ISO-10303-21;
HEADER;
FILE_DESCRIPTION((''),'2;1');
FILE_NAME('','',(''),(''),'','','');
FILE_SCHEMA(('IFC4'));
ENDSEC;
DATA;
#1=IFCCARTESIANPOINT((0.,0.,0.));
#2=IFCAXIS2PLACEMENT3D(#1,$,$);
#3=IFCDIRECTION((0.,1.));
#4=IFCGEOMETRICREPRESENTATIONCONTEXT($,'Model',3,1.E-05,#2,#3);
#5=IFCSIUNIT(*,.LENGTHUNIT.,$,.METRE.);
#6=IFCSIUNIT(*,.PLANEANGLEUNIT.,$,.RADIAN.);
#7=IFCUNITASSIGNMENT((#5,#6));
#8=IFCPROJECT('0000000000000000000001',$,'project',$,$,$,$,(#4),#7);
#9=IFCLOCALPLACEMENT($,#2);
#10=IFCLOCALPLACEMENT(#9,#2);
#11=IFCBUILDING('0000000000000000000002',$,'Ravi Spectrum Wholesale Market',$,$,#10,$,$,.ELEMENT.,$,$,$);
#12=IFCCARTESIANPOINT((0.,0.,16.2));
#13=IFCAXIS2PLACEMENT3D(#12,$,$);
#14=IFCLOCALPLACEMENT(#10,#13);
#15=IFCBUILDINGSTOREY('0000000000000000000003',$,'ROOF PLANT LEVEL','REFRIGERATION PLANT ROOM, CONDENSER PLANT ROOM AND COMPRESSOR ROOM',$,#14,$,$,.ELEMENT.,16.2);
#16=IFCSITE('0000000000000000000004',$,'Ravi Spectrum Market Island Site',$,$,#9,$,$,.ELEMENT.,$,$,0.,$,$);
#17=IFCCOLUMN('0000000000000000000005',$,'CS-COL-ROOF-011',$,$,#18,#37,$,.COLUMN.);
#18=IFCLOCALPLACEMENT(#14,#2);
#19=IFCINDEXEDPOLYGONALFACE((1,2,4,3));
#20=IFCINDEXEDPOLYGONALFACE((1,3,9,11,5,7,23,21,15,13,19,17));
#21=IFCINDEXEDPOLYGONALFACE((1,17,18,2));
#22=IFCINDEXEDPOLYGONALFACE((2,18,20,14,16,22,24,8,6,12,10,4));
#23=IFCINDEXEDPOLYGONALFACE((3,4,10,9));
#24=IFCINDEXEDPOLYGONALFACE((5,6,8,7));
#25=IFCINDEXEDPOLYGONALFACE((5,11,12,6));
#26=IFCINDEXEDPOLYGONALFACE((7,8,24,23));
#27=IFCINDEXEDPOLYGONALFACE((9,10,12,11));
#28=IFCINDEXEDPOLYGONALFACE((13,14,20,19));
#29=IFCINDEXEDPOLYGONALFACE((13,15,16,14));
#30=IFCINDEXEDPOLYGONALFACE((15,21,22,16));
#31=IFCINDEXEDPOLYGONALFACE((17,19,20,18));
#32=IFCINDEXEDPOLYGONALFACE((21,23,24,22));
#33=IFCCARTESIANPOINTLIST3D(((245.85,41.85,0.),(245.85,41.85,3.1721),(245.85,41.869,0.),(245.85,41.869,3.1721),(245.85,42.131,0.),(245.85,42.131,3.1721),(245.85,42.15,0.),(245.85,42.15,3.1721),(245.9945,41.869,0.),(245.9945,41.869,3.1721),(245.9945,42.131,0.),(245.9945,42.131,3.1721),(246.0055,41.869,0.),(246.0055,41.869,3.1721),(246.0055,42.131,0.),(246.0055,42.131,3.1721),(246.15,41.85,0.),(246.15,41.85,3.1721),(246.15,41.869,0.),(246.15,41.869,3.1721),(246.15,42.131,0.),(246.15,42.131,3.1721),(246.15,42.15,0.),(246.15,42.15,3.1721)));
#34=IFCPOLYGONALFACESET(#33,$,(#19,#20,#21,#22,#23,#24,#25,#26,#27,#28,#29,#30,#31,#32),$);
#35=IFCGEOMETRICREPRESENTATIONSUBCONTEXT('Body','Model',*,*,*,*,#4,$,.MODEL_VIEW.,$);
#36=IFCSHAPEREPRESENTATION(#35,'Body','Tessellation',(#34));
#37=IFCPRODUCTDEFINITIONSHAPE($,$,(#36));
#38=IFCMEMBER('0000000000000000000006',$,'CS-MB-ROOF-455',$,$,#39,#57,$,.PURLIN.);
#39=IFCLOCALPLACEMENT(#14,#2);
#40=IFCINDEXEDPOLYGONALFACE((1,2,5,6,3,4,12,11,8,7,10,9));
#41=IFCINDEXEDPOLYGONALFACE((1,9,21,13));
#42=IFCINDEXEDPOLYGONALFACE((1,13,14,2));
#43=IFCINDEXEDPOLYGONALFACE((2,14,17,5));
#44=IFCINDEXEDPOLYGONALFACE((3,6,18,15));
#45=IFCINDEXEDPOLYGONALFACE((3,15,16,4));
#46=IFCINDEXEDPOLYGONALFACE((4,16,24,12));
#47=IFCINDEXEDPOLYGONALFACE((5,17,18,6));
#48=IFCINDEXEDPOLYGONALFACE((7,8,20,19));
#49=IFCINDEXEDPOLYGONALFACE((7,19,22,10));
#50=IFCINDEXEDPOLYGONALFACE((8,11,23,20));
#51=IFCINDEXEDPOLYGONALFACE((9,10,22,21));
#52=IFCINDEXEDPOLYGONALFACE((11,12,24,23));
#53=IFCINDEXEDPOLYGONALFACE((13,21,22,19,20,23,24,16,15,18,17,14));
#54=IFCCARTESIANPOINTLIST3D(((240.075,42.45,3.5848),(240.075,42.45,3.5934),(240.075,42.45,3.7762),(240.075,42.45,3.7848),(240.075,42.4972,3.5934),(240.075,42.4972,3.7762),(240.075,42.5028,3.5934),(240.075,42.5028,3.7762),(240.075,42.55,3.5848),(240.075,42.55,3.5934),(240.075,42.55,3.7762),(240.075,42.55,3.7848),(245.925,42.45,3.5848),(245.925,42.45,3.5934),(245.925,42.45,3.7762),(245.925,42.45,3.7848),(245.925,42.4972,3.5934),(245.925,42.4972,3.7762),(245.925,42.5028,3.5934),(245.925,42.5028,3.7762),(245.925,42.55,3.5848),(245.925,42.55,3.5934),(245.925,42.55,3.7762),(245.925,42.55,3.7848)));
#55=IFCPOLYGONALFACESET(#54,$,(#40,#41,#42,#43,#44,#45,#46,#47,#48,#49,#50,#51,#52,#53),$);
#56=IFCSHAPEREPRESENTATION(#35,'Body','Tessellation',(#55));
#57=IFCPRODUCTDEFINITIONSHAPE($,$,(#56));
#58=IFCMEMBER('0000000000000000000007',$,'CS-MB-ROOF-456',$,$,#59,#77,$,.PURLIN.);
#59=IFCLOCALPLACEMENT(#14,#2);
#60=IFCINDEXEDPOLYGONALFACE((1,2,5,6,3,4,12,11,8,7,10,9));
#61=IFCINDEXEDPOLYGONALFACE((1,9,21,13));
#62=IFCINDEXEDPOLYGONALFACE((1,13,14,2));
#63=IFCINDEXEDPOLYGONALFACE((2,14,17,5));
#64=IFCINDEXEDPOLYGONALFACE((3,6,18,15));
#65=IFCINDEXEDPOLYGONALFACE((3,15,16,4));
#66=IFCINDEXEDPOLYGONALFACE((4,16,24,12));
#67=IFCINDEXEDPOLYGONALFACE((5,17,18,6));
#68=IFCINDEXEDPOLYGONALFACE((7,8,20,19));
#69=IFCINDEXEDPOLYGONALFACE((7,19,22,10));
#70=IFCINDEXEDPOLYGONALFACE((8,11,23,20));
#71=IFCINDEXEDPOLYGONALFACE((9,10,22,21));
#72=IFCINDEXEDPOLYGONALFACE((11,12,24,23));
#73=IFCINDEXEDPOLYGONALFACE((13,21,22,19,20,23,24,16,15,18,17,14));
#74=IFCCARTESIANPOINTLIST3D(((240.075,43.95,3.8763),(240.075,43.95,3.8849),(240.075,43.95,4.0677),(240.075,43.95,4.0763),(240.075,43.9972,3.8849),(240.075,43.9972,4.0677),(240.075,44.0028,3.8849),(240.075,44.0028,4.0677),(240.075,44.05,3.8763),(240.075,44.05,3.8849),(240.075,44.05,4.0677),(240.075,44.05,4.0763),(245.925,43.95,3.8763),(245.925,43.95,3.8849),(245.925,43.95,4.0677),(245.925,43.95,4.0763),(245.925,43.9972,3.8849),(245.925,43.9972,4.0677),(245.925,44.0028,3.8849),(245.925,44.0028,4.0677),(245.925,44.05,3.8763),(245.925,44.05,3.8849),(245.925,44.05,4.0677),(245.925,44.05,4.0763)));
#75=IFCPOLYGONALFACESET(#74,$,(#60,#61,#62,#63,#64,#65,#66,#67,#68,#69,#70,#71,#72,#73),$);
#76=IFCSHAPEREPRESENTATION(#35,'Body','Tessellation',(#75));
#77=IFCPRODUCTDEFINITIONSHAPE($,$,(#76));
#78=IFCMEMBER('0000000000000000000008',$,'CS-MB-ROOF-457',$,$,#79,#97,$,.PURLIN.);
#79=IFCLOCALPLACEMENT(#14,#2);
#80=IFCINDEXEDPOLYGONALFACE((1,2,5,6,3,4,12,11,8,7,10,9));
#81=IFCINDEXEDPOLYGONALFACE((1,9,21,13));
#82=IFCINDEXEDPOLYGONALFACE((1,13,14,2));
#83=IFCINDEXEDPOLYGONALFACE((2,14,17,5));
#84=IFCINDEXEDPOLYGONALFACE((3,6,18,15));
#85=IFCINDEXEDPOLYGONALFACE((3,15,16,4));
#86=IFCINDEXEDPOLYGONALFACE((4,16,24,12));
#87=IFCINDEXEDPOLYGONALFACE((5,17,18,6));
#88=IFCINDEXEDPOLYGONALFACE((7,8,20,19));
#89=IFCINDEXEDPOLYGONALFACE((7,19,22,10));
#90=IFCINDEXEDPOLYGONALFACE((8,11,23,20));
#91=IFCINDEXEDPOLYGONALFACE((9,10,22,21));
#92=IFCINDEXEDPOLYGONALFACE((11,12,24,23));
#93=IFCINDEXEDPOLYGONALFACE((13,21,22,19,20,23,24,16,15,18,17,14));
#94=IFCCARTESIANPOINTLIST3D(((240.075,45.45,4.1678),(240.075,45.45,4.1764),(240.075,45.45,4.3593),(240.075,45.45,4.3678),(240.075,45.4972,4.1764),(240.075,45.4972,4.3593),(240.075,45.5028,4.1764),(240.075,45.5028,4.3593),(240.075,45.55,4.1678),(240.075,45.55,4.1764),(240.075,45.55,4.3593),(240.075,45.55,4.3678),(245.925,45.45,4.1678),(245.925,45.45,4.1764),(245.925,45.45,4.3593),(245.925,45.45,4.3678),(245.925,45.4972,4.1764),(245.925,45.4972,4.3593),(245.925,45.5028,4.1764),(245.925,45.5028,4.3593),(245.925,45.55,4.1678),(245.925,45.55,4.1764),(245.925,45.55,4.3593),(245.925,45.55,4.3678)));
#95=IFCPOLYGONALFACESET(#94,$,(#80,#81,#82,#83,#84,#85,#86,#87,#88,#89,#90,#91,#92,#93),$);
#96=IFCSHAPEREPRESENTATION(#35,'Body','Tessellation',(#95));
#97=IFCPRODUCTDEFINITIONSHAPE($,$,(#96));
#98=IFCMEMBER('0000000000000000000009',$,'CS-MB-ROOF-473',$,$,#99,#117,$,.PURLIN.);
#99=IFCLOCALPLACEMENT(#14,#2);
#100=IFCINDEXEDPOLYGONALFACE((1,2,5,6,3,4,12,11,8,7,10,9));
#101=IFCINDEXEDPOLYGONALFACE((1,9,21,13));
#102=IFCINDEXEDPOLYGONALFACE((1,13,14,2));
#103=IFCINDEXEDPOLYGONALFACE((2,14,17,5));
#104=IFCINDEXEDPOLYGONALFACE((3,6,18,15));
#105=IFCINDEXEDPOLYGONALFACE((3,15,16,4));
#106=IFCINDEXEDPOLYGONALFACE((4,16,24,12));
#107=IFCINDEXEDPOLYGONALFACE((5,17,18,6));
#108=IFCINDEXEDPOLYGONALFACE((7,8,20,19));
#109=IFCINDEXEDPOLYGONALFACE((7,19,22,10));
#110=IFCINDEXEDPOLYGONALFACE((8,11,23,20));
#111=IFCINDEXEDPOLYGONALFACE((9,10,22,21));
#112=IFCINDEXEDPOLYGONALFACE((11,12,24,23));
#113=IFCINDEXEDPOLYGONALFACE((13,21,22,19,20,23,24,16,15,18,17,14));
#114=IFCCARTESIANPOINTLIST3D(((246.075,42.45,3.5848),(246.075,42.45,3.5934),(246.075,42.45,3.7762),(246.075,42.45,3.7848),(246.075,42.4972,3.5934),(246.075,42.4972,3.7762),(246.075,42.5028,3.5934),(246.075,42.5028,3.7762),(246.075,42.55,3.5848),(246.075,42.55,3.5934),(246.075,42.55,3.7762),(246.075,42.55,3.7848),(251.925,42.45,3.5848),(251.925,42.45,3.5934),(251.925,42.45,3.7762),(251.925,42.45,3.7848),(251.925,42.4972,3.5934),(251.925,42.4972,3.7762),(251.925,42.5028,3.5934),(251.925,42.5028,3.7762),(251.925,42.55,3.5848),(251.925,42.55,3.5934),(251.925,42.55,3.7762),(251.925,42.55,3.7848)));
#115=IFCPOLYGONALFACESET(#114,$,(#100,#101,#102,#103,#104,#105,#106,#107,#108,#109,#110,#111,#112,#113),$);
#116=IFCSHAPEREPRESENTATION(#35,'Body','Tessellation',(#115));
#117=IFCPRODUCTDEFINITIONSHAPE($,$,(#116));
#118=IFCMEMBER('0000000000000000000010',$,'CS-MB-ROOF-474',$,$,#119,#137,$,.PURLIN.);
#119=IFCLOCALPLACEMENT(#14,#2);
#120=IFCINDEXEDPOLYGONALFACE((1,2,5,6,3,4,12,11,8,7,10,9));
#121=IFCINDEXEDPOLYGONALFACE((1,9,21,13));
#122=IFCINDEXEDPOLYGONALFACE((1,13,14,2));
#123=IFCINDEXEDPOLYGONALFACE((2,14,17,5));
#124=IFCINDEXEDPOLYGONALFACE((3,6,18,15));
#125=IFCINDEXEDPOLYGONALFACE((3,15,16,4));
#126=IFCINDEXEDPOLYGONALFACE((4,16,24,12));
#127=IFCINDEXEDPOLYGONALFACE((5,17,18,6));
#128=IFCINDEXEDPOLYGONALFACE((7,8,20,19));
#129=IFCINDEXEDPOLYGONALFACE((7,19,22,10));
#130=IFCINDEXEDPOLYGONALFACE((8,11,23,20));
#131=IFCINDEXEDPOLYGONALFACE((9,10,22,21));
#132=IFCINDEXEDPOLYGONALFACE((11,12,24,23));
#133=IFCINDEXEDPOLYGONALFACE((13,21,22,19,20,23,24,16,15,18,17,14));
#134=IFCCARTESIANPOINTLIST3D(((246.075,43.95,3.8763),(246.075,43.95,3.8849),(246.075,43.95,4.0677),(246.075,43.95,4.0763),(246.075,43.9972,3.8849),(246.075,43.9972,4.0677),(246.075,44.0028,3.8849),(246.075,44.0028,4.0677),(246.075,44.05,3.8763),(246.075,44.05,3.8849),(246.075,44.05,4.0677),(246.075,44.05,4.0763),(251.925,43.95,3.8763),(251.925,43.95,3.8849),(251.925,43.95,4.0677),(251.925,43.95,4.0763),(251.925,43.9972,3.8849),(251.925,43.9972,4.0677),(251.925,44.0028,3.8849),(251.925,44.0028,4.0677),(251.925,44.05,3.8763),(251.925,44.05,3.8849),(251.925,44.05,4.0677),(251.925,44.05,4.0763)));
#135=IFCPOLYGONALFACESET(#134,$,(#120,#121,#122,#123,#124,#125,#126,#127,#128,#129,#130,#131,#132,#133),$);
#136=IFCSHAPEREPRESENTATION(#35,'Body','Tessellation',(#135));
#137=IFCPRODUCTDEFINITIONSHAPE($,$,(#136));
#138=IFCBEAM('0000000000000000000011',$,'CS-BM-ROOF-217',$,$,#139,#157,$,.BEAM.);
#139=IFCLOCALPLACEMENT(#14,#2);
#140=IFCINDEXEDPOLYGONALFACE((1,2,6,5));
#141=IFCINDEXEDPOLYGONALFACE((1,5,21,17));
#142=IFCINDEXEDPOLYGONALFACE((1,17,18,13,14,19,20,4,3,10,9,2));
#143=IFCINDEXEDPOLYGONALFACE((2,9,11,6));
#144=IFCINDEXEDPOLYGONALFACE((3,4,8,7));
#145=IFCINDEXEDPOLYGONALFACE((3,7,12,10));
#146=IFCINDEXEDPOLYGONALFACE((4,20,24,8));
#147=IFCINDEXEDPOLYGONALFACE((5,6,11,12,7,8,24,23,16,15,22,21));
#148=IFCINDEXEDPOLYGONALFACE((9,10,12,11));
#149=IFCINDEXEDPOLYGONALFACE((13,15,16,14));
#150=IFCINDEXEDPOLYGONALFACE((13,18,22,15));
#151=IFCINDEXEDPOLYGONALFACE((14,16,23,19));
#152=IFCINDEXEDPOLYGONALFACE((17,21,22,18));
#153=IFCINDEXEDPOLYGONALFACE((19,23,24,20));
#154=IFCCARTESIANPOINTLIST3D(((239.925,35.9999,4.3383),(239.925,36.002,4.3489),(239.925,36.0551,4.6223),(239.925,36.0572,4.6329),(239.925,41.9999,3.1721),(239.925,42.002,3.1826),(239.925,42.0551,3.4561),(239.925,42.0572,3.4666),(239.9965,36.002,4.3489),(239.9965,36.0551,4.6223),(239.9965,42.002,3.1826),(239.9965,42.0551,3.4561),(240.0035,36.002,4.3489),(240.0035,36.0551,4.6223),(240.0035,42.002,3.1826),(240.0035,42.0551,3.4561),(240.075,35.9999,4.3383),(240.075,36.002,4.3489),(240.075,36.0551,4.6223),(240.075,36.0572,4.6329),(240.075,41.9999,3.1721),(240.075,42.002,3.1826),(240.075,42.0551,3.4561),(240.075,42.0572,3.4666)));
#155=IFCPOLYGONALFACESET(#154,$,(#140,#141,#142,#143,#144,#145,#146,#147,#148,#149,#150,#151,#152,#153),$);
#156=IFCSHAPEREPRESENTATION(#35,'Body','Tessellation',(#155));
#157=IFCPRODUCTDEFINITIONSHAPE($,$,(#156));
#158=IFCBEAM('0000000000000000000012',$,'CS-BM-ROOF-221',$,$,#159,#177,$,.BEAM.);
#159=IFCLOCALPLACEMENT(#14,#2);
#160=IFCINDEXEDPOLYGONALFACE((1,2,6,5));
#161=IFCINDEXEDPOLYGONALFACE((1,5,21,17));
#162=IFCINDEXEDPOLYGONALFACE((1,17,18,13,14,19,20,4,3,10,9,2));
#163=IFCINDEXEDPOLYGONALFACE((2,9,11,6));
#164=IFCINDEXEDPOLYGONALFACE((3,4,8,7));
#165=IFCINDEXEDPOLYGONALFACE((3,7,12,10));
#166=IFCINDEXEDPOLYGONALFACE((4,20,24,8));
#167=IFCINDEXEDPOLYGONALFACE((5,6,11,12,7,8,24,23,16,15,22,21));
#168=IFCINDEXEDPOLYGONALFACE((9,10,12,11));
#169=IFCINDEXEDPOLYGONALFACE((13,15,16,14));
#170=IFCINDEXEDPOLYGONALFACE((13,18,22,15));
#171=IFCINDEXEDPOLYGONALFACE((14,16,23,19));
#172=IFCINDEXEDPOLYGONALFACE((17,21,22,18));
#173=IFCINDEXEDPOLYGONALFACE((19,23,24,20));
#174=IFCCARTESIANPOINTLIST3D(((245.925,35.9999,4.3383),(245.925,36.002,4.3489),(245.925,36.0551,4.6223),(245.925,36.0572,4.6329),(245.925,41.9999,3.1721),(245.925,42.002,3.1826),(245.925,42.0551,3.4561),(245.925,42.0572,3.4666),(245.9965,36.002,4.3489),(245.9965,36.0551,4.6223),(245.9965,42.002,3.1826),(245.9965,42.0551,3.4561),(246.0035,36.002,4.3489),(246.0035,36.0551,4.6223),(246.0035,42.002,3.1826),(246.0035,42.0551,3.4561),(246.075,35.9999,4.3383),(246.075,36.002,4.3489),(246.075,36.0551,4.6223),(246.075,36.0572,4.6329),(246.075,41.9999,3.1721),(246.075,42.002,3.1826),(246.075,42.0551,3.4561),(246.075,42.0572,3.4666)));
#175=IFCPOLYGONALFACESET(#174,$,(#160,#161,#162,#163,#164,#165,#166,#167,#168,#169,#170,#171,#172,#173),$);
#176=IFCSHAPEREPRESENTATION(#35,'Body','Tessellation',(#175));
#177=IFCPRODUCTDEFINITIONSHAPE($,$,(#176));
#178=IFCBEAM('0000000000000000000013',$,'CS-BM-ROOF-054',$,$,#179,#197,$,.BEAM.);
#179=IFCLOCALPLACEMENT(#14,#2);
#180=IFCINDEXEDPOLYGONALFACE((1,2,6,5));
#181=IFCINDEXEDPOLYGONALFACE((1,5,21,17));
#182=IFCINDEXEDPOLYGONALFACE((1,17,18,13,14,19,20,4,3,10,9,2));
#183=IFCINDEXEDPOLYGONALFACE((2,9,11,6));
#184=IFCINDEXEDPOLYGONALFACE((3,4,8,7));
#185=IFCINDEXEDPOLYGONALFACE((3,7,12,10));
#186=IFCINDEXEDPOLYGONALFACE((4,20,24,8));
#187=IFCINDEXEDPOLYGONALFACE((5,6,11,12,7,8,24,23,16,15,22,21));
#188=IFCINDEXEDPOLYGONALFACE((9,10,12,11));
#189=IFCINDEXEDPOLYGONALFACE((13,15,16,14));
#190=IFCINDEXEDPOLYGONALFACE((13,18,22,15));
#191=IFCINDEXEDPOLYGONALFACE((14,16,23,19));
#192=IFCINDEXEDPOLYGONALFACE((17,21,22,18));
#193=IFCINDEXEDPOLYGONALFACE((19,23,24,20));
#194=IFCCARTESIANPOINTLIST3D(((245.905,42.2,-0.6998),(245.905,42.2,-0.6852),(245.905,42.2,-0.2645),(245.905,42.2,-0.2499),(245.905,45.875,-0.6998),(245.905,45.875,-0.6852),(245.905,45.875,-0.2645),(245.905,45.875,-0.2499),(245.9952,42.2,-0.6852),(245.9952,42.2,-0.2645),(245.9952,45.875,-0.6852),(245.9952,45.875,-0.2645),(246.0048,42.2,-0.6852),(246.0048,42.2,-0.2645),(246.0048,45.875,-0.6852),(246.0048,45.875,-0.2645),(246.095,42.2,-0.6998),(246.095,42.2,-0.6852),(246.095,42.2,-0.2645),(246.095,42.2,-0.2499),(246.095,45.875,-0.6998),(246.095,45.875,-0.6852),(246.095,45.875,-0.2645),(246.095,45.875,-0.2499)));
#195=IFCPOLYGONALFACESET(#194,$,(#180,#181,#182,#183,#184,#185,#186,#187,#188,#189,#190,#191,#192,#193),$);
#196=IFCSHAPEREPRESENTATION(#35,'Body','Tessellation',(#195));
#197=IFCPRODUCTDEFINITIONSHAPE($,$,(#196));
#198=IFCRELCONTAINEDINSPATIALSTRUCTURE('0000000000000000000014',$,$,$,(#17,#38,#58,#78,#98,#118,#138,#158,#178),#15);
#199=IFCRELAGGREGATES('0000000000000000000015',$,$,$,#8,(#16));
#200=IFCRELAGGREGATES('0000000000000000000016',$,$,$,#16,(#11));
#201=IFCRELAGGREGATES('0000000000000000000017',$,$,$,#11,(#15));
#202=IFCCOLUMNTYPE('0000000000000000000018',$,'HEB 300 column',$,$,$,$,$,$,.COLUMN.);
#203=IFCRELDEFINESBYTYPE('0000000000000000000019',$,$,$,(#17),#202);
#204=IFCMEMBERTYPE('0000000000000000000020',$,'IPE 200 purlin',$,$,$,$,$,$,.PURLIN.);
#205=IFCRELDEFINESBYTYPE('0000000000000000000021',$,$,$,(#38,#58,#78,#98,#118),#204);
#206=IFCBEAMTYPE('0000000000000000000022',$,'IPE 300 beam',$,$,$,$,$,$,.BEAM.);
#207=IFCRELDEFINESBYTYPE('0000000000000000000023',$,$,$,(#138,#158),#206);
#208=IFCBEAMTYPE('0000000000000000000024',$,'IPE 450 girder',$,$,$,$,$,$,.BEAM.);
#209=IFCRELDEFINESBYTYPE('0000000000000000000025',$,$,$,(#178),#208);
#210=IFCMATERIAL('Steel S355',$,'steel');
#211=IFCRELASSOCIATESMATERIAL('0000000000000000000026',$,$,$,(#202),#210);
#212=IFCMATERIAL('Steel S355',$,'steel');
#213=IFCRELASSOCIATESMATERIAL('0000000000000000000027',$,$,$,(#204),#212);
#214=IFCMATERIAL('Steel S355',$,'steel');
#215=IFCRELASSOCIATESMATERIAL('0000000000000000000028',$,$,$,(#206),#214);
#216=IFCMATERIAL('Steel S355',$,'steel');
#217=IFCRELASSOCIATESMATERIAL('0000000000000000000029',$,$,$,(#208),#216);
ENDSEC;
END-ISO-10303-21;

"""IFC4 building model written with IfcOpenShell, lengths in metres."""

from ifc_helpers import new_model, si_unit, direction, frame, origin, origin_2d, place, context, subcontext, project, spatial, i_section, extrude, material, material_profile, profile_set, type_object, element, save


model = new_model("IFC4")

# Units and contexts
model_context = context("Model", 3, precision=1e-05, world=origin(), true_north=direction((0.0, 1.0)))
body_context = subcontext(model_context, "Body", "Model", "MODEL_VIEW")
ifc_project = project(units=[si_unit("LENGTHUNIT", "METRE"), si_unit("PLANEANGLEUNIT", "RADIAN")], contexts=[model_context])

# Site, building, storey
site_placement = place(None, origin())
site = spatial("IfcSite", under=ifc_project, at=site_placement, Name="Ravi Spectrum Market Island Site", CompositionType="ELEMENT", RefElevation=0.0)
building_placement = place(site_placement, origin())
building = spatial("IfcBuilding", under=site, at=building_placement, Name="Ravi Spectrum Wholesale Market", CompositionType="ELEMENT")
storey_placement = place(building_placement, frame((0.0, 0.0, 16.2)))
storey = spatial("IfcBuildingStorey", under=building, at=storey_placement, Name="ROOF PLANT LEVEL", Description="REFRIGERATION PLANT ROOM, CONDENSER PLANT ROOM AND COMPRESSOR ROOM", CompositionType="ELEMENT", Elevation=16.2)

# Column
ifc_material_1 = material(Name="Steel S355", Category="steel")
ifc_material_profile_1 = material_profile(ifc_material_1, i_section(OverallWidth=0.3, OverallDepth=0.3, WebThickness=0.011, FlangeThickness=0.019, at=origin_2d()))
ifc_profile_set_1 = profile_set([ifc_material_profile_1], Name="Steel S355")
column_type = type_object("IfcColumnType", Name="HEB 300 column", PredefinedType="COLUMN", material=ifc_profile_set_1)
column_placement = place(storey_placement, frame((246.0, 42.0, 0.0), z_axis=(0.0, 0.0, 1.0), x_axis=(1.0, 0.0, 0.0)))
element("IfcColumn", 1, at=column_placement, inside=storey, type_object=column_type, Name="CS-COL-ROOF-011", PredefinedType="COLUMN", context=body_context, shape_type="SweptSolid", body=[
    extrude(i_section(OverallWidth=0.3, OverallDepth=0.3, WebThickness=0.011, FlangeThickness=0.019, at=origin_2d()), origin(), (0.0, 0.0, 1.0), 3.1721),
])

# Members
ifc_material_2 = material(Name="Steel S355", Category="steel")
ifc_material_profile_2 = material_profile(ifc_material_2, i_section(OverallWidth=0.1001, OverallDepth=0.2, WebThickness=0.0056, FlangeThickness=0.0085, at=origin_2d()))
ifc_profile_set_2 = profile_set([ifc_material_profile_2], Name="Steel S355")
member_type = type_object("IfcMemberType", Name="IPE 200 purlin", PredefinedType="PURLIN", material=ifc_profile_set_2)
for number, where, z_axis, x_axis, name in (
    (2, (240.075, 42.5, 3.6848), (1.0, 0.0, 0.0), (0.0, 1.0, 0.0), "CS-MB-ROOF-455"),
    (3, (240.075, 44.0, 3.9763), (1.0, 0.0, 0.0), (0.0, 1.0, 0.0), "CS-MB-ROOF-456"),
    (4, (240.075, 45.5, 4.2678), (1.0, 0.0, 0.0), (0.0, 1.0, 0.0), "CS-MB-ROOF-457"),
    (5, (246.075, 42.5, 3.6848), (1.0, 0.0, 0.0), (0.0, 1.0, 0.0), "CS-MB-ROOF-473"),
    (6, (246.075, 44.0, 3.9763), (1.0, 0.0, 0.0), (0.0, 1.0, 0.0), "CS-MB-ROOF-474"),
):
    element("IfcMember", number, at=place(storey_placement, frame(where, z_axis=z_axis, x_axis=x_axis)), inside=storey, type_object=member_type, Name=name, PredefinedType="PURLIN", context=body_context, shape_type="SweptSolid", body=[
        extrude(i_section(OverallWidth=0.1001, OverallDepth=0.2, WebThickness=0.0056, FlangeThickness=0.0085, at=origin_2d()), origin(), (0.0, 0.0, 1.0), 5.8501),
    ])

# Beams
ifc_material_3 = material(Name="Steel S355", Category="steel")
ifc_material_profile_3 = material_profile(ifc_material_3, i_section(OverallWidth=0.1499, OverallDepth=0.3, WebThickness=0.0071, FlangeThickness=0.0107, at=origin_2d()))
ifc_profile_set_3 = profile_set([ifc_material_profile_3], Name="Steel S355")
beam_type_1 = type_object("IfcBeamType", Name="IPE 300 beam", PredefinedType="BEAM", material=ifc_profile_set_3)
for number, where, z_axis, x_axis, name in (
    (7, (240.0, 42.0286, 3.3193), (0.0, -0.981628, 0.190806), (1.0, 0.0, 0.0), "CS-BM-ROOF-217"),
    (8, (246.0, 42.0286, 3.3193), (0.0, -0.981628, 0.190806), (1.0, 0.0, 0.0), "CS-BM-ROOF-221"),
):
    element("IfcBeam", number, at=place(storey_placement, frame(where, z_axis=z_axis, x_axis=x_axis)), inside=storey, type_object=beam_type_1, Name=name, PredefinedType="BEAM", context=body_context, shape_type="SweptSolid", body=[
        extrude(i_section(OverallWidth=0.1499, OverallDepth=0.3, WebThickness=0.0071, FlangeThickness=0.0107, at=origin_2d()), origin(), (0.0, 0.0, 1.0), 6.1123),
    ])
ifc_material_4 = material(Name="Steel S355", Category="steel")
ifc_material_profile_4 = material_profile(ifc_material_4, i_section(OverallWidth=0.1899, OverallDepth=0.45, WebThickness=0.0095, FlangeThickness=0.0146, at=origin_2d()))
ifc_profile_set_4 = profile_set([ifc_material_profile_4], Name="Steel S355")
beam_type_2 = type_object("IfcBeamType", Name="IPE 450 girder", PredefinedType="BEAM", material=ifc_profile_set_4)
beam_1_placement = place(storey_placement, frame((246.0, 42.2, -0.4749), z_axis=(0.0, 1.0, 0.0), x_axis=(-1.0, 0.0, 0.0)))
element("IfcBeam", 9, at=beam_1_placement, inside=storey, type_object=beam_type_2, Name="CS-BM-ROOF-054", PredefinedType="BEAM", context=body_context, shape_type="SweptSolid", body=[
    extrude(i_section(OverallWidth=0.1899, OverallDepth=0.45, WebThickness=0.0095, FlangeThickness=0.0146, at=origin_2d()), origin(), (0.0, 0.0, 1.0), 3.675),
])

save(model, "model.ifc")
